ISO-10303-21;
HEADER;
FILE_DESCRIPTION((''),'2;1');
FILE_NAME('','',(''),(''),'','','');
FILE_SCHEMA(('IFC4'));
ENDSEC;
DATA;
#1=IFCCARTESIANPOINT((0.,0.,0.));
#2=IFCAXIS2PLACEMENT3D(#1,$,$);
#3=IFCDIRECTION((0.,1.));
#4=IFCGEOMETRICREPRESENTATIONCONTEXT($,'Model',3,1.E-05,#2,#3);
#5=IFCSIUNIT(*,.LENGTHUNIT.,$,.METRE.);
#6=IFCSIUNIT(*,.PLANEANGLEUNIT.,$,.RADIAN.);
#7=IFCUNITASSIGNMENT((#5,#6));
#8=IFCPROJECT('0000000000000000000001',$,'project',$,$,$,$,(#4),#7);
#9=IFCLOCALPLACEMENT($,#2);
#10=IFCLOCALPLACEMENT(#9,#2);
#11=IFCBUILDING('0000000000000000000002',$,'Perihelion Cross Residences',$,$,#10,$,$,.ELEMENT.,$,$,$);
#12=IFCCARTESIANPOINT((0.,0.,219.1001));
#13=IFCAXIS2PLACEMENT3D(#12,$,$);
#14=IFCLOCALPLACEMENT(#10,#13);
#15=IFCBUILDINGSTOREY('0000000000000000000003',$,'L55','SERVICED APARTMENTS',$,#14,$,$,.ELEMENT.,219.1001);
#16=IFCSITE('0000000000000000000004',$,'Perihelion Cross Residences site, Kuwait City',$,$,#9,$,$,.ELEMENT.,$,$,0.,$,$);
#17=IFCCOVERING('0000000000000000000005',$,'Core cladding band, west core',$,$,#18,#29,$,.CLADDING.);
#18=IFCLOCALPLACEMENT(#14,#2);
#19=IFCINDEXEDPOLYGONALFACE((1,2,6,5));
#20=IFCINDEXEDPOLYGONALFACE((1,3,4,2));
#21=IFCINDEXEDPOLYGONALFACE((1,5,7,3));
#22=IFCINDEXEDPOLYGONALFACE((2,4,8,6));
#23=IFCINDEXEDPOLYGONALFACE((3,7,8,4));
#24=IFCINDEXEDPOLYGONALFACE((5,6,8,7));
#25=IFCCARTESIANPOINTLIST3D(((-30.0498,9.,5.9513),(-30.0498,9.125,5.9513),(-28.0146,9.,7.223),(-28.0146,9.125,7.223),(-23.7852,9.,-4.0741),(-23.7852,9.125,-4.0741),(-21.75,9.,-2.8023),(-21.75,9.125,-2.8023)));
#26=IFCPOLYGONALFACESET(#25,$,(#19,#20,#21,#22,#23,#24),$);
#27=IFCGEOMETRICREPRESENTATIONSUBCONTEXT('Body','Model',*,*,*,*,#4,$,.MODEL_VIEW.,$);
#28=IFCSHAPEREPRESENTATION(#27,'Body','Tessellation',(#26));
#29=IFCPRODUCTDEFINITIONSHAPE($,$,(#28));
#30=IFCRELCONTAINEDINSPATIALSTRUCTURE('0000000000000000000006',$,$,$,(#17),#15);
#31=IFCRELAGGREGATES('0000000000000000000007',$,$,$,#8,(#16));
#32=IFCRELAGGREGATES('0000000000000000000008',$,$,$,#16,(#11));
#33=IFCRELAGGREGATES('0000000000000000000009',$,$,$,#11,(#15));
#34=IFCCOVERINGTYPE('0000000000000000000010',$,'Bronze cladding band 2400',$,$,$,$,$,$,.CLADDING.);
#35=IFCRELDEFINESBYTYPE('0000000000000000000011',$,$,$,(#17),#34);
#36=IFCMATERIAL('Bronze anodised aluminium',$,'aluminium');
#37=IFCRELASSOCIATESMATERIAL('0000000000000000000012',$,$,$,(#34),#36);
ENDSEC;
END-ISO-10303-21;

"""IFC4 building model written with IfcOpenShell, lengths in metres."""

from ifc_helpers import new_model, si_unit, direction, frame, origin, origin_2d, place, context, subcontext, project, spatial, rectangle, extrude, material, material_profile, profile_set, type_object, element, save


model = new_model("IFC4")

# Units and contexts
model_context = context("Model", 3, precision=1e-05, world=origin(), true_north=direction((0.0, 1.0)))
body_context = subcontext(model_context, "Body", "Model", "MODEL_VIEW")
ifc_project = project(units=[si_unit("LENGTHUNIT", "METRE"), si_unit("PLANEANGLEUNIT", "RADIAN")], contexts=[model_context])

# Site, building, storey
site_placement = place(None, origin())
site = spatial("IfcSite", under=ifc_project, at=site_placement, Name="Perihelion Cross Residences site, Kuwait City", CompositionType="ELEMENT", RefElevation=0.0)
building_placement = place(site_placement, origin())
building = spatial("IfcBuilding", under=site, at=building_placement, Name="Perihelion Cross Residences", CompositionType="ELEMENT")
storey_placement = place(building_placement, frame((0.0, 0.0, 219.1001)))
storey = spatial("IfcBuildingStorey", under=building, at=storey_placement, Name="L55", Description="SERVICED APARTMENTS", CompositionType="ELEMENT", Elevation=219.1001)

# Covering
ifc_material_1 = material(Name="Bronze anodised aluminium", Category="aluminium")
ifc_material_profile_1 = material_profile(ifc_material_1, rectangle(XDim=0.125, YDim=2.3999, at=origin_2d()), Name="Bronze cladding band 2400")
ifc_profile_set_1 = profile_set([ifc_material_profile_1], Name="Bronze anodised aluminium")
covering_type = type_object("IfcCoveringType", Name="Bronze cladding band 2400", PredefinedType="CLADDING", material=ifc_profile_set_1)
covering_placement = place(storey_placement, frame((-22.7676, 9.0625, -3.4382), z_axis=(-0.529925, 0.0, 0.848045), x_axis=(0.0, -1.0, 0.0)))
element("IfcCovering", 1, at=covering_placement, inside=storey, type_object=covering_type, Name="Core cladding band, west core", PredefinedType="CLADDING", context=body_context, shape_type="SweptSolid", body=[
    extrude(rectangle(XDim=0.125, YDim=2.3999, at=origin_2d()), origin(), (0.0, 0.0, 1.0), 11.8218),
])

save(model, "model.ifc")
